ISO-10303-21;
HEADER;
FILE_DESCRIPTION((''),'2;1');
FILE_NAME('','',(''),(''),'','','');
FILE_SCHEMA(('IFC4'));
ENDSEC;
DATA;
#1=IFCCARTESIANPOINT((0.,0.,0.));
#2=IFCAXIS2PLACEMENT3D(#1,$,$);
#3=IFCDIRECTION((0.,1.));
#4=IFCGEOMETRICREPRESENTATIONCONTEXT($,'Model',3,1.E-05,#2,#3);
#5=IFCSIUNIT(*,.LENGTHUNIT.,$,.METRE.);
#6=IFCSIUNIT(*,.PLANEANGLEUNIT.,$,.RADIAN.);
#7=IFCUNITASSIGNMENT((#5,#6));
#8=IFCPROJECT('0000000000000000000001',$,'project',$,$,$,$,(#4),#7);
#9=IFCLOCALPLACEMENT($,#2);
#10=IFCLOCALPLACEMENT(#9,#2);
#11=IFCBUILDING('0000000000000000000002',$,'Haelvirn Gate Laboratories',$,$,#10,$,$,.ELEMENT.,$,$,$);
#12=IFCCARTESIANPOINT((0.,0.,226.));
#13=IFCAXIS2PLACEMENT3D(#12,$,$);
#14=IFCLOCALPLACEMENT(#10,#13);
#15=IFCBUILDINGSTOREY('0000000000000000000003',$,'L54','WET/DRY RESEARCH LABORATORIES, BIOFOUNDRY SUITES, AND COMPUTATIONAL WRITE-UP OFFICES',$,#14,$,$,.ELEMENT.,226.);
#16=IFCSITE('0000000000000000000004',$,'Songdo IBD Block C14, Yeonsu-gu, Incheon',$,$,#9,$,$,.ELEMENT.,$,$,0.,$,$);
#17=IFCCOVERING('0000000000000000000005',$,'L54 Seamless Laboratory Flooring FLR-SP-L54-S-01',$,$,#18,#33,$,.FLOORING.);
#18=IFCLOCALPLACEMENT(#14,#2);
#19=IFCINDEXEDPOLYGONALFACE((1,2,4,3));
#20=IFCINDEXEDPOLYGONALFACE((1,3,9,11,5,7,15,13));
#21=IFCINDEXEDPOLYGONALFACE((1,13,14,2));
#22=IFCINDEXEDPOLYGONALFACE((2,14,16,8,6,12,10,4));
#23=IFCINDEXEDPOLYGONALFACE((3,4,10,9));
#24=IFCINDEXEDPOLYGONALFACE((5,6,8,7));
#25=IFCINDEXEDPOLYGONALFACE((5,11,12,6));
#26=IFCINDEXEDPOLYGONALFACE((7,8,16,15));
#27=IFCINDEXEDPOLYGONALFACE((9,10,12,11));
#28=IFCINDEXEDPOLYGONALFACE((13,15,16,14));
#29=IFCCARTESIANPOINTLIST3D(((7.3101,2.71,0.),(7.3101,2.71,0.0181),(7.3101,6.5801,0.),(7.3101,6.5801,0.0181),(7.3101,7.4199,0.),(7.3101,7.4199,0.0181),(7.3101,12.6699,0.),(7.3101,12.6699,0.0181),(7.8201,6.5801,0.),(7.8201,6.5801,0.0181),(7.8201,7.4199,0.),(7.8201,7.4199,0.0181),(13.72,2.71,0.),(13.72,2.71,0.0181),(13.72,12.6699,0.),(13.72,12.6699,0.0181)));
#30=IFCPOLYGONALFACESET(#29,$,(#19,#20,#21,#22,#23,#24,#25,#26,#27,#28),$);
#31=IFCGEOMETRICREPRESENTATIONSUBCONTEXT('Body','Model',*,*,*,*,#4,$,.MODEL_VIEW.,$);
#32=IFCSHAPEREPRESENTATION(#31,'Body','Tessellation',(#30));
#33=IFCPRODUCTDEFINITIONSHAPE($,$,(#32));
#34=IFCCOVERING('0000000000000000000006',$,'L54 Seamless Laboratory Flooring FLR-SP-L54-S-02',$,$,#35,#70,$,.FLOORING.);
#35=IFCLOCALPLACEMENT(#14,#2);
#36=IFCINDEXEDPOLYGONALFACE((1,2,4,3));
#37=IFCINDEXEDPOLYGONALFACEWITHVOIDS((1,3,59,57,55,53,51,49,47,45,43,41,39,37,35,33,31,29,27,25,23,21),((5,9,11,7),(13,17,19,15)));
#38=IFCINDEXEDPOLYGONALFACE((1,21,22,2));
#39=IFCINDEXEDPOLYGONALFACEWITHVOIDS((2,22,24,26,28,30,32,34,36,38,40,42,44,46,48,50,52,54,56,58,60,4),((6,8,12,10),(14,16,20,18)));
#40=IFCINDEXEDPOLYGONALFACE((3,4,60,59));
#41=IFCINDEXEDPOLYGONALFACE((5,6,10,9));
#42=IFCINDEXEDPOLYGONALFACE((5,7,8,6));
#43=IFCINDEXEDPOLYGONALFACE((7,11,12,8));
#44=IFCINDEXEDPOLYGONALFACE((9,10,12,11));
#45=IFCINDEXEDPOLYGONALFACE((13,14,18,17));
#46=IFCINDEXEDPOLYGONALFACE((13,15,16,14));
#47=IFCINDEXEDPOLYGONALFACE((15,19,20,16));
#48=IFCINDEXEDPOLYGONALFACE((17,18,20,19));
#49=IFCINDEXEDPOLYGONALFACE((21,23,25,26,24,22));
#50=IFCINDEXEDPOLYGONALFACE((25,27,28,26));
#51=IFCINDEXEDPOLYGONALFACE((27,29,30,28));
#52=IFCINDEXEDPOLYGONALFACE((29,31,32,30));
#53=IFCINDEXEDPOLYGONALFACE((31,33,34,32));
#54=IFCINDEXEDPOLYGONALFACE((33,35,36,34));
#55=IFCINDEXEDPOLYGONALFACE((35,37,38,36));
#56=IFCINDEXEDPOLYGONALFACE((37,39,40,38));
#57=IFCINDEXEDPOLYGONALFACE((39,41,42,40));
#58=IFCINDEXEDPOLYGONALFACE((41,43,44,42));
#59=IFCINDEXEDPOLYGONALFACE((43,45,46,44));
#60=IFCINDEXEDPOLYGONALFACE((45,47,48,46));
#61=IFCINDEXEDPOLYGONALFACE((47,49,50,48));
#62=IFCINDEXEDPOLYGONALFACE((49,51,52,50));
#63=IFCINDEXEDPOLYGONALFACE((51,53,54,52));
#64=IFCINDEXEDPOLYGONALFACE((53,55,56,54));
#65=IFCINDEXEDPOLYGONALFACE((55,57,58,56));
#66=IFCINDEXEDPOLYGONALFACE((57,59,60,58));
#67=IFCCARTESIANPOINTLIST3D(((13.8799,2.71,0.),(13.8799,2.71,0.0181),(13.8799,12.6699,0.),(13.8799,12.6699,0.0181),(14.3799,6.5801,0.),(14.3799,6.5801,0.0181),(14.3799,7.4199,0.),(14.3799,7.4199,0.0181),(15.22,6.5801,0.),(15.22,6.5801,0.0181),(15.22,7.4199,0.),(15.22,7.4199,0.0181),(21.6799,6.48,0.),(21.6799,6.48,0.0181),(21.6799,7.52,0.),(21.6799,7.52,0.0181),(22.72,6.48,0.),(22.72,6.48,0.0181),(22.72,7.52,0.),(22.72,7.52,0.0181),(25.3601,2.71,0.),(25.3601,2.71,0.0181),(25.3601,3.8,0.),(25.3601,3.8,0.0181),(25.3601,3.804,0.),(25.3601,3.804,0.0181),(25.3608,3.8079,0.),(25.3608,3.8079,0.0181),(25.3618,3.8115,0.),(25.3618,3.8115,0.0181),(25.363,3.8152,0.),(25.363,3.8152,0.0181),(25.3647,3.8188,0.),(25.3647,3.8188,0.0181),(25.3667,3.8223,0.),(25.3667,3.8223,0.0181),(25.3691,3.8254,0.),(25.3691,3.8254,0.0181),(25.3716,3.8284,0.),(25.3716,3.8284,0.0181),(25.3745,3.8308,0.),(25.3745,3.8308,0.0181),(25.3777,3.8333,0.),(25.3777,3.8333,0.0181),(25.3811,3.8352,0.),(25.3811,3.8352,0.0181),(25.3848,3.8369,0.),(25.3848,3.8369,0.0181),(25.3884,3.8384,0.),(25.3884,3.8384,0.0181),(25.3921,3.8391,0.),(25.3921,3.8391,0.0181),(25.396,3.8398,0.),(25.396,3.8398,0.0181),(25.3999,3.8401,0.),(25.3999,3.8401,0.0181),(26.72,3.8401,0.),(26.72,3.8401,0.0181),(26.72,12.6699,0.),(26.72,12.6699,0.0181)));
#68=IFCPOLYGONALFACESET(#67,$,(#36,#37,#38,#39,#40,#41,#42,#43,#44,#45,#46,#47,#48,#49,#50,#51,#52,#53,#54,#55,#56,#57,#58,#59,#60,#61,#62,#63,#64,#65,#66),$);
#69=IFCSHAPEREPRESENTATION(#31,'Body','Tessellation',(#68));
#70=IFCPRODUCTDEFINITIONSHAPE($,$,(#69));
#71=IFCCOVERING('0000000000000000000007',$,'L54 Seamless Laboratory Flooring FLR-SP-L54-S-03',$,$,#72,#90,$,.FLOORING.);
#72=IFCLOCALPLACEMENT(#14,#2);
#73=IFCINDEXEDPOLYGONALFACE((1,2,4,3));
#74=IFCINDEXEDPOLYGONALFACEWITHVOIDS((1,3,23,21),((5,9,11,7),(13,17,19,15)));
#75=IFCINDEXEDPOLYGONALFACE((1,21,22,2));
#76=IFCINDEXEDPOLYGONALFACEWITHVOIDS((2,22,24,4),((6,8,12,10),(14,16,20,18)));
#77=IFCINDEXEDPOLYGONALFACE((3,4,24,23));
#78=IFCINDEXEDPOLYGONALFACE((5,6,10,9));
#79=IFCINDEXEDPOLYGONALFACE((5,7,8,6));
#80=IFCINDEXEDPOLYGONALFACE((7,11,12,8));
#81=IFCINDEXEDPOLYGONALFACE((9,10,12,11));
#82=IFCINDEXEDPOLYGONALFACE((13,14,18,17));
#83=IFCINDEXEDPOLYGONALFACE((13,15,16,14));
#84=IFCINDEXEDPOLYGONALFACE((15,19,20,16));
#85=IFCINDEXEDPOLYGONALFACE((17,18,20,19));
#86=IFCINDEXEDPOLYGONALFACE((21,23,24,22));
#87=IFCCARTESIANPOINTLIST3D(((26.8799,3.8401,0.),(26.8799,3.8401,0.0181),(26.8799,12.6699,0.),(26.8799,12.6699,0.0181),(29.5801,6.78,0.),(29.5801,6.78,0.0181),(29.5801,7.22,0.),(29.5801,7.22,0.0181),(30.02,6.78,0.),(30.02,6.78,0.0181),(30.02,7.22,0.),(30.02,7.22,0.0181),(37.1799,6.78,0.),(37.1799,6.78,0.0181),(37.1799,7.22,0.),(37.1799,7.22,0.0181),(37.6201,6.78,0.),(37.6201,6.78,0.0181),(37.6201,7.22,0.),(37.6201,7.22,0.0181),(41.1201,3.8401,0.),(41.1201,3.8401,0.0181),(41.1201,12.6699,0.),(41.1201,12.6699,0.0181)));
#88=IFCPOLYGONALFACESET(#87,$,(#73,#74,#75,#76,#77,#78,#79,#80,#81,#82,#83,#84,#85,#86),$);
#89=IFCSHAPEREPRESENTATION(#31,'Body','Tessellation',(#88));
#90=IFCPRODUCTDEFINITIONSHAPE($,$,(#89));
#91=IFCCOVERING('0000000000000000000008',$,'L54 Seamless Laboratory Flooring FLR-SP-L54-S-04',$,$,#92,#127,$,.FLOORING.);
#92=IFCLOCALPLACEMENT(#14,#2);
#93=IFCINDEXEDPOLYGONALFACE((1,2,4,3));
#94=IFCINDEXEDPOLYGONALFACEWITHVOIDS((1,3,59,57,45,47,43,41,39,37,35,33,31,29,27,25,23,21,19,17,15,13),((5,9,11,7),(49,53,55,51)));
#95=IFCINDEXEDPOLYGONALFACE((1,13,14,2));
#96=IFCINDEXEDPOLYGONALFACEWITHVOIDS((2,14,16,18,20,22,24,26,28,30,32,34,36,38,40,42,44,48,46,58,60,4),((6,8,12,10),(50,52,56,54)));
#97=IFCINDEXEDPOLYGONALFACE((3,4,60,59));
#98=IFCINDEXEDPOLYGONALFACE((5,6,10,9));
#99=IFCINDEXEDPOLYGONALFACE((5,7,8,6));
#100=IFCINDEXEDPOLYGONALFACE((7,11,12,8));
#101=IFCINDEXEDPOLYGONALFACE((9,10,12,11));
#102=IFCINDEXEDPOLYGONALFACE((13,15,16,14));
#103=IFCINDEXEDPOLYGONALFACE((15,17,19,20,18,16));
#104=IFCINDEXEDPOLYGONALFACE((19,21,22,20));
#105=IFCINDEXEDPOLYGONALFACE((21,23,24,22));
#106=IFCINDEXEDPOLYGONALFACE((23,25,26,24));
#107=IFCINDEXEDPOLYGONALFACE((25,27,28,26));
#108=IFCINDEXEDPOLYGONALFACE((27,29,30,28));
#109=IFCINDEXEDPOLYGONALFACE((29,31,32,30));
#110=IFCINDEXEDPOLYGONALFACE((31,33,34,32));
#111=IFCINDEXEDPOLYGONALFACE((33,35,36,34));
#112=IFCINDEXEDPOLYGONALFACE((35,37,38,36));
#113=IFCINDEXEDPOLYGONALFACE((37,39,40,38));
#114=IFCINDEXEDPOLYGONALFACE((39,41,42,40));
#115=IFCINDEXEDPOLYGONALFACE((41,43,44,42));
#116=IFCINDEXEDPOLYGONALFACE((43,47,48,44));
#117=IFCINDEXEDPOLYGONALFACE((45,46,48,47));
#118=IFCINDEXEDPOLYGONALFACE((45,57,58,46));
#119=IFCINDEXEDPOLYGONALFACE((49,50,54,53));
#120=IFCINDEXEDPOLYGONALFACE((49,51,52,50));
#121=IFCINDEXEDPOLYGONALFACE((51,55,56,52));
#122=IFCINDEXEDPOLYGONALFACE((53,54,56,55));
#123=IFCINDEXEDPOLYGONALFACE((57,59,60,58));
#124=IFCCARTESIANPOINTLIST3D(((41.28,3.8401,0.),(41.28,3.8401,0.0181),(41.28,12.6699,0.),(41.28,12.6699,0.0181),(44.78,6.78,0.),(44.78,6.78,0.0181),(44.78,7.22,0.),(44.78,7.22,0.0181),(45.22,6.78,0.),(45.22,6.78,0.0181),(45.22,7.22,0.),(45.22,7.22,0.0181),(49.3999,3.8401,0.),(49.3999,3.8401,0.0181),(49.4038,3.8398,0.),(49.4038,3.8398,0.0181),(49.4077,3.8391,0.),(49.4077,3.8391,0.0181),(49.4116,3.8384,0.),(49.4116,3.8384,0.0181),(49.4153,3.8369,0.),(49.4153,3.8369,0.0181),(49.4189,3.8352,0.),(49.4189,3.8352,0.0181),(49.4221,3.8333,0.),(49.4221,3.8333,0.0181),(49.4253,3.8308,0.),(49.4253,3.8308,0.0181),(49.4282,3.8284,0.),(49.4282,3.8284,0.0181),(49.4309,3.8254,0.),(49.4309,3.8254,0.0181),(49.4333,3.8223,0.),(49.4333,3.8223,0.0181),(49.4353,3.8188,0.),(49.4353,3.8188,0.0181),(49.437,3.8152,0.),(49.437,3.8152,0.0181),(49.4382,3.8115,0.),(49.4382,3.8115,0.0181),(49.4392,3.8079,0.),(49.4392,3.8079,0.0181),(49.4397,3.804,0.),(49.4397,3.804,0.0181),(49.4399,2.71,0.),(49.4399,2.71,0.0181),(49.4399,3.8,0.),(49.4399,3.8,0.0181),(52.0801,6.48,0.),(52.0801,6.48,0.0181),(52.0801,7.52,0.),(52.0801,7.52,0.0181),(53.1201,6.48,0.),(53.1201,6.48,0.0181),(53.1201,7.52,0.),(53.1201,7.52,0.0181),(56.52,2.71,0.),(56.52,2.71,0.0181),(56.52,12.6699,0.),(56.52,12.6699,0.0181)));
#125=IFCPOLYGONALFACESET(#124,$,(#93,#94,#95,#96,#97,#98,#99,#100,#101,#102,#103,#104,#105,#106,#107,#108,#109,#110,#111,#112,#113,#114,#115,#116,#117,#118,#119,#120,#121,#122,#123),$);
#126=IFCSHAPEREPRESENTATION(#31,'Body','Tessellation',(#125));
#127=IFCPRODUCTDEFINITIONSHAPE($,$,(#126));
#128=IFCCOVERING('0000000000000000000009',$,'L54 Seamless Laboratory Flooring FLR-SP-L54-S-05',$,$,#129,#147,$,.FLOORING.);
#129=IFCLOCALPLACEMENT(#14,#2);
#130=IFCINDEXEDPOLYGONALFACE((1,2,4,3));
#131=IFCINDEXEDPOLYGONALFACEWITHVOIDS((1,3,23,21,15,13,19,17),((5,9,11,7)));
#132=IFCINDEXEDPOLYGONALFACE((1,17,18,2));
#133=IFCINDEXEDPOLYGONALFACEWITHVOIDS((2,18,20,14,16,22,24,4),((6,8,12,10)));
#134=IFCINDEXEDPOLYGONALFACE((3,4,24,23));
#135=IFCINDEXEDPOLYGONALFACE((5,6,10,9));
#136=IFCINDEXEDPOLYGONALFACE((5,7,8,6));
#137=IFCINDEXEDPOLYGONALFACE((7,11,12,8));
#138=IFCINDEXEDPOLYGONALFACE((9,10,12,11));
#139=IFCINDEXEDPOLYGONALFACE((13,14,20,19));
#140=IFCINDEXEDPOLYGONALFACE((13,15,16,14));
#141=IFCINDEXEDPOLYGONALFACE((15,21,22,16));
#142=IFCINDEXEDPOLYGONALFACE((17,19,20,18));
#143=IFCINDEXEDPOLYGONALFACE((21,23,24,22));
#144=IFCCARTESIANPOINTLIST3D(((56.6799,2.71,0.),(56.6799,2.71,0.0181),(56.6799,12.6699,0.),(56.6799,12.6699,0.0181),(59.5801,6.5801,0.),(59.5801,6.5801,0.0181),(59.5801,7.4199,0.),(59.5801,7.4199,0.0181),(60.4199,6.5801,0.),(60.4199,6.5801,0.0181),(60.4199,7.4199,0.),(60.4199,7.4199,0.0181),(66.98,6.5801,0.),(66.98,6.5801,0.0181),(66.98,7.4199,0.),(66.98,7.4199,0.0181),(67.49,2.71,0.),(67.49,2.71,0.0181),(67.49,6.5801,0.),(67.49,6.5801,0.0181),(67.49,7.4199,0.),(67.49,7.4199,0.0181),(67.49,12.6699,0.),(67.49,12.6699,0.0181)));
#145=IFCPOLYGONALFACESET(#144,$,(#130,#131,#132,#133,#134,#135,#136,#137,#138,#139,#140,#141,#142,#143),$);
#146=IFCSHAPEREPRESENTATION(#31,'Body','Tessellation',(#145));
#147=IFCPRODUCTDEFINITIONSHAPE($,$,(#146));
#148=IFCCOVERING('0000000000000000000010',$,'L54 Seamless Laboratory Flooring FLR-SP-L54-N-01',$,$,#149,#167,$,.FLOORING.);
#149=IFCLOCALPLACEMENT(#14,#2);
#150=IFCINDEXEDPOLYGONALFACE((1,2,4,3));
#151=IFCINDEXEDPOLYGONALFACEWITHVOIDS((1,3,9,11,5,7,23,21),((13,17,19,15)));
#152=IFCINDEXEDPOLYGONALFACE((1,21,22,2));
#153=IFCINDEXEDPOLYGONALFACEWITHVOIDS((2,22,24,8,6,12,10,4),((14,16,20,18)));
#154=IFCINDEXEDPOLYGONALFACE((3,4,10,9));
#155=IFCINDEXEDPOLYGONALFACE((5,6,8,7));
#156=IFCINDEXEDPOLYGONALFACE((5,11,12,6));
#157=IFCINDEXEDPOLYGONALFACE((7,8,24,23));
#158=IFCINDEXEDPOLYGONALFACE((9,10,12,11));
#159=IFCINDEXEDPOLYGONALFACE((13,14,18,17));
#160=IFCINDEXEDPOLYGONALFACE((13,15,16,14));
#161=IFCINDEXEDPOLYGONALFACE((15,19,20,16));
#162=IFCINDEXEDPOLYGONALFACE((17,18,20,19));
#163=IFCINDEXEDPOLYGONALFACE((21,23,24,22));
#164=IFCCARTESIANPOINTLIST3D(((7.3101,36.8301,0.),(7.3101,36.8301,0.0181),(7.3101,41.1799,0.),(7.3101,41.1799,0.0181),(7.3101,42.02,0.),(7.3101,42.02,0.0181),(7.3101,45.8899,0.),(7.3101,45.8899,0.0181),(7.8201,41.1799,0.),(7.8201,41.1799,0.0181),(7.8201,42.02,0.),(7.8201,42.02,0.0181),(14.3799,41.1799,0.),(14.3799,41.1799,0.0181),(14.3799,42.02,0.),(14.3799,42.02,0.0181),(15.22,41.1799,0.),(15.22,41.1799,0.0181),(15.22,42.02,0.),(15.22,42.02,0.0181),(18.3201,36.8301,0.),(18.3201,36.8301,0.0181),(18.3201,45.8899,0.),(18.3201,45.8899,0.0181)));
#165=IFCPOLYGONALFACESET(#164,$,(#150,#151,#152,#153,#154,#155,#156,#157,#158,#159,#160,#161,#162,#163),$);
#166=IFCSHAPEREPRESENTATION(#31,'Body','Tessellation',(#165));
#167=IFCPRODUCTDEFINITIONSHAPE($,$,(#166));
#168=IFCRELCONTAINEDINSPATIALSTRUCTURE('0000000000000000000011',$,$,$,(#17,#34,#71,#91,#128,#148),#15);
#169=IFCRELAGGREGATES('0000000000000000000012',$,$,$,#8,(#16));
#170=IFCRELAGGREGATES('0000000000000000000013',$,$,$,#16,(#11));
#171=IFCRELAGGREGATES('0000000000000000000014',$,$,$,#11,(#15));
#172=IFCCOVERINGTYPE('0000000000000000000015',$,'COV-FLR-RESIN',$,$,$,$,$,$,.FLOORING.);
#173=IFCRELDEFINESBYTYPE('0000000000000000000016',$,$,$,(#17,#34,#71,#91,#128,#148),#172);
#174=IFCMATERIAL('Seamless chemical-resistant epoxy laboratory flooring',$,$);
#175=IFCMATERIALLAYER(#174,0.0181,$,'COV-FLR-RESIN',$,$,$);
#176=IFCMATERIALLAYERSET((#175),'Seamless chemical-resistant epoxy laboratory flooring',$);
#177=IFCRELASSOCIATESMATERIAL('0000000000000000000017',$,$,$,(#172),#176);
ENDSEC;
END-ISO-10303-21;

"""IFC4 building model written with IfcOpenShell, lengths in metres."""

from ifc_helpers import new_model, si_unit, direction, frame, origin, place, context, subcontext, project, spatial, polyline, outline, extrude, material, layer, layer_set, type_object, element, save


model = new_model("IFC4")

# Units and contexts
model_context = context("Model", 3, precision=1e-05, world=origin(), true_north=direction((0.0, 1.0)))
body_context = subcontext(model_context, "Body", "Model", "MODEL_VIEW")
ifc_project = project(units=[si_unit("LENGTHUNIT", "METRE"), si_unit("PLANEANGLEUNIT", "RADIAN")], contexts=[model_context])

# Site, building, storey
site_placement = place(None, origin())
site = spatial("IfcSite", under=ifc_project, at=site_placement, Name="Songdo IBD Block C14, Yeonsu-gu, Incheon", CompositionType="ELEMENT", RefElevation=0.0)
building_placement = place(site_placement, origin())
building = spatial("IfcBuilding", under=site, at=building_placement, Name="Haelvirn Gate Laboratories", CompositionType="ELEMENT")
storey_placement = place(building_placement, frame((0.0, 0.0, 226.0)))
storey = spatial("IfcBuildingStorey", under=building, at=storey_placement, Name="L54", Description="WET/DRY RESEARCH LABORATORIES, BIOFOUNDRY SUITES, AND COMPUTATIONAL WRITE-UP OFFICES", CompositionType="ELEMENT", Elevation=226.0)

# Coverings
ifc_material_1 = material(Name="Seamless chemical-resistant epoxy laboratory flooring")
ifc_layer_1 = layer(ifc_material_1, 0.0181, Name="COV-FLR-RESIN")
ifc_layer_set_1 = layer_set([ifc_layer_1], Name="Seamless chemical-resistant epoxy laboratory flooring")
covering_type = type_object("IfcCoveringType", Name="COV-FLR-RESIN", PredefinedType="FLOORING", material=ifc_layer_set_1)
covering_1_placement = place(storey_placement, origin())
element("IfcCovering", 1, at=covering_1_placement, inside=storey, type_object=covering_type, Name="L54 Seamless Laboratory Flooring FLR-SP-L54-S-01", PredefinedType="FLOORING", context=body_context, shape_type="SweptSolid", body=[
    extrude(outline(polyline([(7.8201, 6.5801), (7.8201, 7.4199), (7.3101, 7.4199), (7.3101, 12.6699), (13.72, 12.6699), (13.72, 2.71), (7.3101, 2.71), (7.3101, 6.5801), (7.8201, 6.5801)])), origin(), (0.0, 0.0, 1.0), 0.0181),
])
covering_2_placement = place(storey_placement, origin())
element("IfcCovering", 2, at=covering_2_placement, inside=storey, type_object=covering_type, Name="L54 Seamless Laboratory Flooring FLR-SP-L54-S-02", PredefinedType="FLOORING", context=body_context, shape_type="SweptSolid", body=[
    extrude(outline(polyline([(26.72, 3.8401), (25.3999, 3.8401), (25.396, 3.8398), (25.3921, 3.8391), (25.3884, 3.8384), (25.3848, 3.8369), (25.3811, 3.8352), (25.3777, 3.8333), (25.3745, 3.8308), (25.3716, 3.8284), (25.3691, 3.8254), (25.3667, 3.8223), (25.3647, 3.8188), (25.363, 3.8152), (25.3618, 3.8115), (25.3608, 3.8079), (25.3601, 3.804), (25.3601, 3.8), (25.3601, 2.71), (13.8799, 2.71), (13.8799, 12.6699), (26.72, 12.6699), (26.72, 3.8401)]), holes=[polyline([(14.3799, 6.5801), (15.22, 6.5801), (15.22, 7.4199), (14.3799, 7.4199), (14.3799, 6.5801)]), polyline([(21.6799, 7.52), (21.6799, 6.48), (22.72, 6.48), (22.72, 7.52), (21.6799, 7.52)])]), origin(), (0.0, 0.0, 1.0), 0.0181),
])
covering_3_placement = place(storey_placement, origin())
element("IfcCovering", 3, at=covering_3_placement, inside=storey, type_object=covering_type, Name="L54 Seamless Laboratory Flooring FLR-SP-L54-S-03", PredefinedType="FLOORING", context=body_context, shape_type="SweptSolid", body=[
    extrude(outline(polyline([(26.8799, 3.8401), (26.8799, 12.6699), (41.1201, 12.6699), (41.1201, 3.8401), (26.8799, 3.8401)]), holes=[polyline([(29.5801, 6.78), (30.02, 6.78), (30.02, 7.22), (29.5801, 7.22), (29.5801, 6.78)]), polyline([(37.1799, 7.22), (37.1799, 6.78), (37.6201, 6.78), (37.6201, 7.22), (37.1799, 7.22)])]), origin(), (0.0, 0.0, 1.0), 0.0181),
])
covering_4_placement = place(storey_placement, origin())
element("IfcCovering", 4, at=covering_4_placement, inside=storey, type_object=covering_type, Name="L54 Seamless Laboratory Flooring FLR-SP-L54-S-04", PredefinedType="FLOORING", context=body_context, shape_type="SweptSolid", body=[
    extrude(outline(polyline([(49.4399, 2.71), (49.4399, 3.8), (49.4397, 3.804), (49.4392, 3.8079), (49.4382, 3.8115), (49.437, 3.8152), (49.4353, 3.8188), (49.4333, 3.8223), (49.4309, 3.8254), (49.4282, 3.8284), (49.4253, 3.8308), (49.4221, 3.8333), (49.4189, 3.8352), (49.4153, 3.8369), (49.4116, 3.8384), (49.4077, 3.8391), (49.4038, 3.8398), (49.3999, 3.8401), (41.28, 3.8401), (41.28, 12.6699), (56.52, 12.6699), (56.52, 2.71), (49.4399, 2.71)]), holes=[polyline([(52.0801, 6.48), (53.1201, 6.48), (53.1201, 7.52), (52.0801, 7.52), (52.0801, 6.48)]), polyline([(44.78, 7.22), (44.78, 6.78), (45.22, 6.78), (45.22, 7.22), (44.78, 7.22)])]), origin(), (0.0, 0.0, 1.0), 0.0181),
])
covering_5_placement = place(storey_placement, origin())
element("IfcCovering", 5, at=covering_5_placement, inside=storey, type_object=covering_type, Name="L54 Seamless Laboratory Flooring FLR-SP-L54-S-05", PredefinedType="FLOORING", context=body_context, shape_type="SweptSolid", body=[
    extrude(outline(polyline([(67.49, 7.4199), (66.98, 7.4199), (66.98, 6.5801), (67.49, 6.5801), (67.49, 2.71), (56.6799, 2.71), (56.6799, 12.6699), (67.49, 12.6699), (67.49, 7.4199)]), holes=[polyline([(59.5801, 6.5801), (60.4199, 6.5801), (60.4199, 7.4199), (59.5801, 7.4199), (59.5801, 6.5801)])]), origin(), (0.0, 0.0, 1.0), 0.0181),
])
covering_6_placement = place(storey_placement, origin())
element("IfcCovering", 6, at=covering_6_placement, inside=storey, type_object=covering_type, Name="L54 Seamless Laboratory Flooring FLR-SP-L54-N-01", PredefinedType="FLOORING", context=body_context, shape_type="SweptSolid", body=[
    extrude(outline(polyline([(18.3201, 36.8301), (7.3101, 36.8301), (7.3101, 41.1799), (7.8201, 41.1799), (7.8201, 42.02), (7.3101, 42.02), (7.3101, 45.8899), (18.3201, 45.8899), (18.3201, 36.8301)]), holes=[polyline([(14.3799, 41.1799), (15.22, 41.1799), (15.22, 42.02), (14.3799, 42.02), (14.3799, 41.1799)])]), origin(), (0.0, 0.0, 1.0), 0.0181),
])

save(model, "model.ifc")
